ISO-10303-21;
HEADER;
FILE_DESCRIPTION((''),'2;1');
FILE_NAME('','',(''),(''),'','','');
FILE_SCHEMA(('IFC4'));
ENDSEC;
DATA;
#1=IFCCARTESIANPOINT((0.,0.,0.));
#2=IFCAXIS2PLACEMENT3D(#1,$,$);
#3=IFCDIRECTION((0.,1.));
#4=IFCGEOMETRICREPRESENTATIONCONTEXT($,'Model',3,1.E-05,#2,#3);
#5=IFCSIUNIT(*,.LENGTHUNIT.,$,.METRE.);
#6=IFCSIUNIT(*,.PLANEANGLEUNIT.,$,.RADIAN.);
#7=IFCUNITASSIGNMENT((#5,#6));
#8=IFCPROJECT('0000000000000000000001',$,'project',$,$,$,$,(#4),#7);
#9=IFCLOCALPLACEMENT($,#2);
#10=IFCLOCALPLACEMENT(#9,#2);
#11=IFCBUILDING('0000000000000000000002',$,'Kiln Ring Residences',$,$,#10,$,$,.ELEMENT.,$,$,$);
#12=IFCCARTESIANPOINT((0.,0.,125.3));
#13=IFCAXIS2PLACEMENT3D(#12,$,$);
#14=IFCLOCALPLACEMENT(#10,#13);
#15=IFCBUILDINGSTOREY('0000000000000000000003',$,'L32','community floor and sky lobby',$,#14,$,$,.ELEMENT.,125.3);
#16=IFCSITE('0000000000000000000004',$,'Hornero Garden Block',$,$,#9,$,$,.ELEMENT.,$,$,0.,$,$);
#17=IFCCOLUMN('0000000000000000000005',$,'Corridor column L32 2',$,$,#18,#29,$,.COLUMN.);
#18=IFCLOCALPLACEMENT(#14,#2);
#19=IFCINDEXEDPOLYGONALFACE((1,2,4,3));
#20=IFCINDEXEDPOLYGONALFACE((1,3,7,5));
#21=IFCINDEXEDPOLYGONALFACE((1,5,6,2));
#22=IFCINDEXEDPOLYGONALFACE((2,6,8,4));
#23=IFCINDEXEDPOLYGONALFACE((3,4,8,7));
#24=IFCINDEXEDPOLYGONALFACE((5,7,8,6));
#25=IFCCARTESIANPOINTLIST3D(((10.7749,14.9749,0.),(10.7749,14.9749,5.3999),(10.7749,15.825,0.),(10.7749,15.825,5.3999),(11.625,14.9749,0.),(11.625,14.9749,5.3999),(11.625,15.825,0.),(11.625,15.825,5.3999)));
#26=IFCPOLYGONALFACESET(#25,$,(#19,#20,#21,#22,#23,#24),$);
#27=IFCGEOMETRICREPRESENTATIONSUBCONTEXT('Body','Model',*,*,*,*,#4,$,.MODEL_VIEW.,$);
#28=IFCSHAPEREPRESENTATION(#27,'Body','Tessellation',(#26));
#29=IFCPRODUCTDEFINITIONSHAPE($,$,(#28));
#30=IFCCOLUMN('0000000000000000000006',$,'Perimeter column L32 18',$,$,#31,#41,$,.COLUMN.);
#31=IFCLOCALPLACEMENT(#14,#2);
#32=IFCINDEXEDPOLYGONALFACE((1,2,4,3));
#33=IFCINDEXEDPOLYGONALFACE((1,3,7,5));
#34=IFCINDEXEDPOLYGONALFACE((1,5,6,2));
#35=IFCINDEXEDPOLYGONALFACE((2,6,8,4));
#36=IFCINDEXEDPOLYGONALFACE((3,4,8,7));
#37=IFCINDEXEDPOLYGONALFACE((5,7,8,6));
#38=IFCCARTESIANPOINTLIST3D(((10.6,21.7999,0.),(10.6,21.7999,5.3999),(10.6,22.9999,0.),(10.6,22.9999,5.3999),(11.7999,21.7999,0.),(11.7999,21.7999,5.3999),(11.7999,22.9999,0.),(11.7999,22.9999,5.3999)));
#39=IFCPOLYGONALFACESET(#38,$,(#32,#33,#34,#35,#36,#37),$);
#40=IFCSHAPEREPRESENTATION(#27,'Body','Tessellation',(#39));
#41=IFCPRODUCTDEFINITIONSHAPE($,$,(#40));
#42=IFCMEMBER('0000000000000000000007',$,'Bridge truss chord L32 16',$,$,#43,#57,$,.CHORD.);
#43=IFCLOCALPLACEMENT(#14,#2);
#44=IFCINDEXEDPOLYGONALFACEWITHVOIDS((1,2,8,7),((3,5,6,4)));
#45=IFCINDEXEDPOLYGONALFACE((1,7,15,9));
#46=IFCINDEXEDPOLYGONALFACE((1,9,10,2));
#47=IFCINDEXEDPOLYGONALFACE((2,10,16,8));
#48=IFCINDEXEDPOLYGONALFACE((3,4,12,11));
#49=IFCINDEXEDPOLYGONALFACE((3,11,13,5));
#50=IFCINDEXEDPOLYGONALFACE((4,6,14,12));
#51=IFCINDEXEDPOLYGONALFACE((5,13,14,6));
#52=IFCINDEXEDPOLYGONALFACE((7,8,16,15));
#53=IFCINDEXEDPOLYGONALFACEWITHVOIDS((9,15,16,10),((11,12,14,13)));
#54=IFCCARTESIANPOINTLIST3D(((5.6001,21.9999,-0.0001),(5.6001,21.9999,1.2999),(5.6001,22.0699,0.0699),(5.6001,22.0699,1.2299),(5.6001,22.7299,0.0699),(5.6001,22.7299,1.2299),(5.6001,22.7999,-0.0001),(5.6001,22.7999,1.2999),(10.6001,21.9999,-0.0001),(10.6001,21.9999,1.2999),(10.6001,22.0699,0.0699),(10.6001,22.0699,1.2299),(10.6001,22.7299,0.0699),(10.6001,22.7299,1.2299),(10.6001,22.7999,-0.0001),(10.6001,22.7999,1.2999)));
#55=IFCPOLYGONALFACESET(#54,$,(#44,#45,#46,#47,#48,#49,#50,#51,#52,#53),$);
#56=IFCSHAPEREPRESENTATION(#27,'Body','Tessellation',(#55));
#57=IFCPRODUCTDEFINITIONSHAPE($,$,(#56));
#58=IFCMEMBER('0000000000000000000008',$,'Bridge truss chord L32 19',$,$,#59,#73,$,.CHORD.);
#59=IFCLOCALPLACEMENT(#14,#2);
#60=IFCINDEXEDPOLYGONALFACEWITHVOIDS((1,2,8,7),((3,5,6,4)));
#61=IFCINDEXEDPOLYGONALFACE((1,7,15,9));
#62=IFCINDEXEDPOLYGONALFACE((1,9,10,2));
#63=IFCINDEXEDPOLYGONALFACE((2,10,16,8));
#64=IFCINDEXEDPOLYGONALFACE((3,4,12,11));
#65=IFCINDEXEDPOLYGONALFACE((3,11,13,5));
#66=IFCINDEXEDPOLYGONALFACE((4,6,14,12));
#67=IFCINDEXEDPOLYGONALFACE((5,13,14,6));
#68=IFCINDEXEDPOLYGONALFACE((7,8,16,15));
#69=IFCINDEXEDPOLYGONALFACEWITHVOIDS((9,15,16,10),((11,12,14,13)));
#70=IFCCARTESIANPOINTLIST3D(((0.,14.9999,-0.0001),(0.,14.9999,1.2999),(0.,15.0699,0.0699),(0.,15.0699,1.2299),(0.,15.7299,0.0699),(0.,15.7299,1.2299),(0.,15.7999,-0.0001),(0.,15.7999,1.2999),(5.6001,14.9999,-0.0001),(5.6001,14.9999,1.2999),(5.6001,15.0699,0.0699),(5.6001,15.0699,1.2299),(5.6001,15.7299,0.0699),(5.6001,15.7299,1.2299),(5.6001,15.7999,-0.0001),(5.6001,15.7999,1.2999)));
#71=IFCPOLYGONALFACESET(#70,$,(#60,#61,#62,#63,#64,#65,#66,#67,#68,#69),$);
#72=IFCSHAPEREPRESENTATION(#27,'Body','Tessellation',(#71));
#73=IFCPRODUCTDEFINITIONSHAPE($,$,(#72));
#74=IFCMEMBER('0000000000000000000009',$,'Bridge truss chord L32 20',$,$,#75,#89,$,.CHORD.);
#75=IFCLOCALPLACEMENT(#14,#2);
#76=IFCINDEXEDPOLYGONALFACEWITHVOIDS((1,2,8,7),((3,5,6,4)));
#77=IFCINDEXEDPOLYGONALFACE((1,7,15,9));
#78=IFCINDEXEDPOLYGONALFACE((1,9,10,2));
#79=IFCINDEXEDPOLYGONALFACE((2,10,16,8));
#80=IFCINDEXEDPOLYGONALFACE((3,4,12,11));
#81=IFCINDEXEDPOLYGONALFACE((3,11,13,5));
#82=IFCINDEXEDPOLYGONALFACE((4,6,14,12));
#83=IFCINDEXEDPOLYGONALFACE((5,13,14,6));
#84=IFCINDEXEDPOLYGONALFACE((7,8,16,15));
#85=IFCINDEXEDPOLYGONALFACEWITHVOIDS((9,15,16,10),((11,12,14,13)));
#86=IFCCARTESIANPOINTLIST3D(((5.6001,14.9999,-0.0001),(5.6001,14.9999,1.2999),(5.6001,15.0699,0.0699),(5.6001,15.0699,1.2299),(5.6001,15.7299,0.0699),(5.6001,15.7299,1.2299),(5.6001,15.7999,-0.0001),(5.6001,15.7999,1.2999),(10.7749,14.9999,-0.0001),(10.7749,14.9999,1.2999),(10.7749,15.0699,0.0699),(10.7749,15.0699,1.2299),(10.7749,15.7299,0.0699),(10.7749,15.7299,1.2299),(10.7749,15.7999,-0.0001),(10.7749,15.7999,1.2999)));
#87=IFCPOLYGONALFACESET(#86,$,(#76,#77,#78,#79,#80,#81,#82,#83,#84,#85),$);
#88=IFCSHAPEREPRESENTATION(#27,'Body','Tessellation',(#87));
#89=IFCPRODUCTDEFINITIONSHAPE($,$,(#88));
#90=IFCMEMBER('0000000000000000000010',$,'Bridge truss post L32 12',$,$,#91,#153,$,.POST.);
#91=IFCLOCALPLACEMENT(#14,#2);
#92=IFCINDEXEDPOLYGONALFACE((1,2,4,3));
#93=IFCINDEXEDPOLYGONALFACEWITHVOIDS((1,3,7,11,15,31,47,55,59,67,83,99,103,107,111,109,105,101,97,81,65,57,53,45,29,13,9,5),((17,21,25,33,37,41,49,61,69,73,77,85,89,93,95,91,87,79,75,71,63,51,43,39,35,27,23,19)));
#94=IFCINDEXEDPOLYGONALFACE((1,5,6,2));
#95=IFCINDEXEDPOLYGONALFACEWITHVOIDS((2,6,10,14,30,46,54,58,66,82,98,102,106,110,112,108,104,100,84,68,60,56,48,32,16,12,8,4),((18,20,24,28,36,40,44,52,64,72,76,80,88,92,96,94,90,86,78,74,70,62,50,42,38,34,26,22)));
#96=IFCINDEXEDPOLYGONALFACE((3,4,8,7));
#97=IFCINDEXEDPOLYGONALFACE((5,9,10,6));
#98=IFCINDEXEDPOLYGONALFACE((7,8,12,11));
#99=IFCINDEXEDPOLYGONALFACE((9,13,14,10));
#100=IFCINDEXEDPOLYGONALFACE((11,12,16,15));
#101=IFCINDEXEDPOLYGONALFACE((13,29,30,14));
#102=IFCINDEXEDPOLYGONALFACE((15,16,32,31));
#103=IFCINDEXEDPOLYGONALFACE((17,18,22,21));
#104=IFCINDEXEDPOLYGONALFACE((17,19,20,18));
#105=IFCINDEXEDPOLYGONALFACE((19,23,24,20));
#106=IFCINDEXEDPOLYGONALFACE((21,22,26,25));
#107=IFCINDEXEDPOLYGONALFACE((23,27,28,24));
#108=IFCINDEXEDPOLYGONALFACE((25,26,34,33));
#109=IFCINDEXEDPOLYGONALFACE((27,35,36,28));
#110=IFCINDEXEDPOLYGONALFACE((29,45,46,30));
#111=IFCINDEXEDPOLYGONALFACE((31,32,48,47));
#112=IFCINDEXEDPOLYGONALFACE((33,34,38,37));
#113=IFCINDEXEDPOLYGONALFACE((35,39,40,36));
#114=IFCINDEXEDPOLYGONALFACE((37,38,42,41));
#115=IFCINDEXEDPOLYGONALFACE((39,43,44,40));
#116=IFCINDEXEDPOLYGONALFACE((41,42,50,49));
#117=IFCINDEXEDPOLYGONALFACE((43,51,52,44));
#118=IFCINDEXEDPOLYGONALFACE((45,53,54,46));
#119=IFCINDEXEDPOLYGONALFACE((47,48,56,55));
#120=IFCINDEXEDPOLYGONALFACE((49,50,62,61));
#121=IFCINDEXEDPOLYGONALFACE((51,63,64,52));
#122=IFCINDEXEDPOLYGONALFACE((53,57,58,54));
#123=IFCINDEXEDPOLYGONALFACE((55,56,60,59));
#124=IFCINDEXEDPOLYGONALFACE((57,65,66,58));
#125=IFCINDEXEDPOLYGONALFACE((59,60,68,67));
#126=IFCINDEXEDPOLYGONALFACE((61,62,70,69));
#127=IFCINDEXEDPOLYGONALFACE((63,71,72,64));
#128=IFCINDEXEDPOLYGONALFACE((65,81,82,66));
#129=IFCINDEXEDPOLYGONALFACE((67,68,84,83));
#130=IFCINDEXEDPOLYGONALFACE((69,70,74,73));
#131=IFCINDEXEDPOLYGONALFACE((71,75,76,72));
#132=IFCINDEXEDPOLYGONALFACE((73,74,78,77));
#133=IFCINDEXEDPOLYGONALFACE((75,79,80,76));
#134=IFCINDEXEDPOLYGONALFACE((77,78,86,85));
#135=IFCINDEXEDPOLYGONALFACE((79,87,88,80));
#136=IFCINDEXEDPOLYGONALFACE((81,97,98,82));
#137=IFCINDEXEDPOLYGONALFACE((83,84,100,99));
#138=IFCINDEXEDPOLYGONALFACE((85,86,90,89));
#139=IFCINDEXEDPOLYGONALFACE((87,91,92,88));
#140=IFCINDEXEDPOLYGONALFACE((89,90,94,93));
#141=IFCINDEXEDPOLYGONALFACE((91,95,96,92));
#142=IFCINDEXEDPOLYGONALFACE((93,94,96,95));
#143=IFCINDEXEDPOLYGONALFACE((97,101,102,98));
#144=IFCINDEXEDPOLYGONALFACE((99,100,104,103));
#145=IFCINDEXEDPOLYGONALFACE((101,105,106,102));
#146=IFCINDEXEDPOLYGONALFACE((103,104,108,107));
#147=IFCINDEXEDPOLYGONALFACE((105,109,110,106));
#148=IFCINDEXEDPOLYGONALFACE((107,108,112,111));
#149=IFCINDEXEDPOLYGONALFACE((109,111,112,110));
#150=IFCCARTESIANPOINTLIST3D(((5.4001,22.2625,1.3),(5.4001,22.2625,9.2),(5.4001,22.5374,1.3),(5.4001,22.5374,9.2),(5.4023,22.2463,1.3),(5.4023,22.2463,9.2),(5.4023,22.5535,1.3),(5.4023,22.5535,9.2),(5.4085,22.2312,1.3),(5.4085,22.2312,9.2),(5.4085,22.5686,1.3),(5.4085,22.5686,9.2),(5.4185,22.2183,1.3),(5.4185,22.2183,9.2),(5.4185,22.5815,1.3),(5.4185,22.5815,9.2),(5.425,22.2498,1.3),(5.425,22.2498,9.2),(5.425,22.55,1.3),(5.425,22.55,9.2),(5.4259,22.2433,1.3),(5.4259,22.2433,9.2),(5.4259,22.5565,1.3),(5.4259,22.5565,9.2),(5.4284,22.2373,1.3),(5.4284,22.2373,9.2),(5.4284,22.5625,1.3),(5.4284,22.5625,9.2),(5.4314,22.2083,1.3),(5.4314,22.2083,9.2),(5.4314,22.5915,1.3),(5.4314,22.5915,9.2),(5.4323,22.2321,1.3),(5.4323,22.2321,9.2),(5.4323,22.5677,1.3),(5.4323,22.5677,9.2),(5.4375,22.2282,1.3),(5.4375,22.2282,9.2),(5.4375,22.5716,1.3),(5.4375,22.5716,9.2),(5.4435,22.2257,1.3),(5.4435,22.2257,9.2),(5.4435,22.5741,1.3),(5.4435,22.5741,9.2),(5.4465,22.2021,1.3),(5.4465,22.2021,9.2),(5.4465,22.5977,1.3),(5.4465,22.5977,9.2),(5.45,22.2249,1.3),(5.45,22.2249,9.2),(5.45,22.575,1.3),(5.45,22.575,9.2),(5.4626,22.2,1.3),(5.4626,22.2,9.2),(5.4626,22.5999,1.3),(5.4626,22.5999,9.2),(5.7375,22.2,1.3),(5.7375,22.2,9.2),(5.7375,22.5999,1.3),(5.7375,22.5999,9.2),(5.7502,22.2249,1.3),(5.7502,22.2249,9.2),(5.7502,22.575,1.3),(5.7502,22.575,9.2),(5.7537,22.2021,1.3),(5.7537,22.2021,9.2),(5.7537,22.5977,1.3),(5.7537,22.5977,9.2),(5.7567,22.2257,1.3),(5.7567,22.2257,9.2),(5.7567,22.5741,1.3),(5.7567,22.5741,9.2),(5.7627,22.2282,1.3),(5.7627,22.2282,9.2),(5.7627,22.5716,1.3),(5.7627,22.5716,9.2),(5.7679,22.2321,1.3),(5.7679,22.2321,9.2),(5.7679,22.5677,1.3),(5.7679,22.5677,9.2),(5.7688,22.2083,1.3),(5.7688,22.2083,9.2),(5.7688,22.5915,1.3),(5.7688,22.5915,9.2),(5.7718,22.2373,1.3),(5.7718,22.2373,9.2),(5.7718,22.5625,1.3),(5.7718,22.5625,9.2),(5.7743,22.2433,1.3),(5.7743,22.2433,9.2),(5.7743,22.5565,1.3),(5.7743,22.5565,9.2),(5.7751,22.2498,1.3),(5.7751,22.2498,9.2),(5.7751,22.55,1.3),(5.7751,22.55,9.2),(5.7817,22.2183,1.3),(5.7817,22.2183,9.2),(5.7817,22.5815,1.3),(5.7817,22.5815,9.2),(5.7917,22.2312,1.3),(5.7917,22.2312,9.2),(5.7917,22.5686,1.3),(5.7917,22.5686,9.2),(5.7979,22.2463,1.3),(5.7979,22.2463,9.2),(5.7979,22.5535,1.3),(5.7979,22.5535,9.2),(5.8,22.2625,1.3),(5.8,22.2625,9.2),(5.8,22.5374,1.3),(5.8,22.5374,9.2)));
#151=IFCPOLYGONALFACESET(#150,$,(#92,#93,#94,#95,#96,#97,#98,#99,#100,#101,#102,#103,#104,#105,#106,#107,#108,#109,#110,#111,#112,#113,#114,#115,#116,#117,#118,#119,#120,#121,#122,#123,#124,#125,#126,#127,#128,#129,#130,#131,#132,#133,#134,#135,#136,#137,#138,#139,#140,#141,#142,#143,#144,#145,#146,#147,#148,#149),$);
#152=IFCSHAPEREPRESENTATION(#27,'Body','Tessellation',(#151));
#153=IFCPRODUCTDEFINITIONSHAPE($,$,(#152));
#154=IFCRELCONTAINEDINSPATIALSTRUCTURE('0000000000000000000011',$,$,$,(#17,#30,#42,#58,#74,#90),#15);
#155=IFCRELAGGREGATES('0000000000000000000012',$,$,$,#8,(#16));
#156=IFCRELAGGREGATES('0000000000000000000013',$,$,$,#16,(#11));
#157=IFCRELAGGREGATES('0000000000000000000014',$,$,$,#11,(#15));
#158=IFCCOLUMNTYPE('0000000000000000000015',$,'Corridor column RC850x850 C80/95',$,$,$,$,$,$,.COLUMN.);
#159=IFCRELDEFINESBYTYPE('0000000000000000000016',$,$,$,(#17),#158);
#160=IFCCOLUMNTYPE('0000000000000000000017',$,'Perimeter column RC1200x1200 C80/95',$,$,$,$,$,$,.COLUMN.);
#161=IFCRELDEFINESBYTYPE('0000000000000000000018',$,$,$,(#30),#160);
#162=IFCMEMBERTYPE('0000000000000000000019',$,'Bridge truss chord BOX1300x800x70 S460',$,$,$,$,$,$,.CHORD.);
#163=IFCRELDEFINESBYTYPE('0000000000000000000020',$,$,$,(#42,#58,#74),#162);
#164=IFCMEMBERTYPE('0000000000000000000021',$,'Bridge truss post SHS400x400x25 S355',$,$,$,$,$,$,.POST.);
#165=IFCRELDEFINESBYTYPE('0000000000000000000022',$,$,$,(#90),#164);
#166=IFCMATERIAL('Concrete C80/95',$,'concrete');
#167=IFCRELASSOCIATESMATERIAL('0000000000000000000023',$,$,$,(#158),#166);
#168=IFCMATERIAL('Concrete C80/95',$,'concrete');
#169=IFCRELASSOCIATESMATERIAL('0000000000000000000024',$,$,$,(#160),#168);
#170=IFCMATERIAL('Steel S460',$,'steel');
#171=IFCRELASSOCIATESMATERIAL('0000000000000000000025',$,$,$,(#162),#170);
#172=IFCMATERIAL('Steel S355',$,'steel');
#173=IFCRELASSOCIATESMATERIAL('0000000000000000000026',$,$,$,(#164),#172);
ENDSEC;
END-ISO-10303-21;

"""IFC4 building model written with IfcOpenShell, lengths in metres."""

from ifc_helpers import new_model, si_unit, direction, frame, origin, origin_2d, place, context, subcontext, project, spatial, rectangle, hollow_rectangle, extrude, material, material_profile, profile_set, type_object, element, save


model = new_model("IFC4")

# Units and contexts
model_context = context("Model", 3, precision=1e-05, world=origin(), true_north=direction((0.0, 1.0)))
body_context = subcontext(model_context, "Body", "Model", "MODEL_VIEW")
ifc_project = project(units=[si_unit("LENGTHUNIT", "METRE"), si_unit("PLANEANGLEUNIT", "RADIAN")], contexts=[model_context])

# Site, building, storey
site_placement = place(None, origin())
site = spatial("IfcSite", under=ifc_project, at=site_placement, Name="Hornero Garden Block", CompositionType="ELEMENT", RefElevation=0.0)
building_placement = place(site_placement, origin())
building = spatial("IfcBuilding", under=site, at=building_placement, Name="Kiln Ring Residences", CompositionType="ELEMENT")
storey_placement = place(building_placement, frame((0.0, 0.0, 125.3)))
storey = spatial("IfcBuildingStorey", under=building, at=storey_placement, Name="L32", Description="community floor and sky lobby", CompositionType="ELEMENT", Elevation=125.3)

# Columns
ifc_material_1 = material(Name="Concrete C80/95", Category="concrete")
ifc_material_profile_1 = material_profile(ifc_material_1, rectangle(XDim=0.8501, YDim=0.8501, at=origin_2d()), Name="RC850x850")
ifc_profile_set_1 = profile_set([ifc_material_profile_1], Name="Concrete C80/95")
column_type_1 = type_object("IfcColumnType", Name="Corridor column RC850x850 C80/95", PredefinedType="COLUMN", material=ifc_profile_set_1)
column_1_placement = place(storey_placement, frame((11.2, 15.3999, 0.0), z_axis=(0.0, 0.0, 1.0), x_axis=(1.0, 0.0, 0.0)))
element("IfcColumn", 1, at=column_1_placement, inside=storey, type_object=column_type_1, Name="Corridor column L32 2", PredefinedType="COLUMN", context=body_context, shape_type="SweptSolid", body=[
    extrude(rectangle(XDim=0.8501, YDim=0.8501, at=origin_2d()), origin(), (0.0, 0.0, 1.0), 5.3999),
])
ifc_material_2 = material(Name="Concrete C80/95", Category="concrete")
ifc_material_profile_2 = material_profile(ifc_material_2, rectangle(XDim=1.2, YDim=1.2, at=origin_2d()), Name="RC1200x1200")
ifc_profile_set_2 = profile_set([ifc_material_profile_2], Name="Concrete C80/95")
column_type_2 = type_object("IfcColumnType", Name="Perimeter column RC1200x1200 C80/95", PredefinedType="COLUMN", material=ifc_profile_set_2)
column_2_placement = place(storey_placement, frame((11.2, 22.3999, 0.0), z_axis=(0.0, 0.0, 1.0), x_axis=(1.0, 0.0, 0.0)))
element("IfcColumn", 2, at=column_2_placement, inside=storey, type_object=column_type_2, Name="Perimeter column L32 18", PredefinedType="COLUMN", context=body_context, shape_type="SweptSolid", body=[
    extrude(rectangle(XDim=1.2, YDim=1.2, at=origin_2d()), origin(), (0.0, 0.0, 1.0), 5.3999),
])

# Members
ifc_material_3 = material(Name="Steel S460", Category="steel")
ifc_material_profile_3 = material_profile(ifc_material_3, hollow_rectangle(XDim=0.8, YDim=1.3, WallThickness=0.0701, at=origin_2d()), Name="BOX1300x800x70")
ifc_profile_set_3 = profile_set([ifc_material_profile_3], Name="Steel S460")
member_type_1 = type_object("IfcMemberType", Name="Bridge truss chord BOX1300x800x70 S460", PredefinedType="CHORD", material=ifc_profile_set_3)
member_1_placement = place(storey_placement, frame((5.6001, 22.3999, 0.6499), z_axis=(1.0, 0.0, 0.0), x_axis=(0.0, 1.0, 0.0)))
element("IfcMember", 3, at=member_1_placement, inside=storey, type_object=member_type_1, Name="Bridge truss chord L32 16", PredefinedType="CHORD", context=body_context, shape_type="SweptSolid", body=[
    extrude(hollow_rectangle(XDim=0.8, YDim=1.3, WallThickness=0.0701, at=origin_2d()), origin(), (0.0, 0.0, 1.0), 5.0),
])
member_2_placement = place(storey_placement, frame((0.0, 15.3999, 0.6499), z_axis=(1.0, 0.0, 0.0), x_axis=(0.0, 1.0, 0.0)))
element("IfcMember", 4, at=member_2_placement, inside=storey, type_object=member_type_1, Name="Bridge truss chord L32 19", PredefinedType="CHORD", context=body_context, shape_type="SweptSolid", body=[
    extrude(hollow_rectangle(XDim=0.8, YDim=1.3, WallThickness=0.0701, at=origin_2d()), origin(), (0.0, 0.0, 1.0), 5.6001),
])
member_3_placement = place(storey_placement, frame((5.6001, 15.3999, 0.6499), z_axis=(1.0, 0.0, 0.0), x_axis=(0.0, 1.0, 0.0)))
element("IfcMember", 5, at=member_3_placement, inside=storey, type_object=member_type_1, Name="Bridge truss chord L32 20", PredefinedType="CHORD", context=body_context, shape_type="SweptSolid", body=[
    extrude(hollow_rectangle(XDim=0.8, YDim=1.3, WallThickness=0.0701, at=origin_2d()), origin(), (0.0, 0.0, 1.0), 5.1748),
])
ifc_material_4 = material(Name="Steel S355", Category="steel")
ifc_material_profile_4 = material_profile(ifc_material_4, hollow_rectangle(XDim=0.3999, YDim=0.3999, WallThickness=0.0249, InnerFilletRadius=0.0249, OuterFilletRadius=0.0625, at=origin_2d()), Name="SHS400x400x25")
ifc_profile_set_4 = profile_set([ifc_material_profile_4], Name="Steel S355")
member_type_2 = type_object("IfcMemberType", Name="Bridge truss post SHS400x400x25 S355", PredefinedType="POST", material=ifc_profile_set_4)
for number, where, z_axis, x_axis, name in (
    (6, (5.6001, 22.3999, 1.3), (0.0, 0.0, 1.0), (1.0, 0.0, 0.0), "Bridge truss post L32 12"),
):
    element("IfcMember", number, at=place(storey_placement, frame(where, z_axis=z_axis, x_axis=x_axis)), inside=storey, type_object=member_type_2, Name=name, PredefinedType="POST", context=body_context, shape_type="SweptSolid", body=[
        extrude(hollow_rectangle(XDim=0.3999, YDim=0.3999, WallThickness=0.0249, InnerFilletRadius=0.0249, OuterFilletRadius=0.0625, at=origin_2d()), origin(), (0.0, 0.0, 1.0), 7.8999),
    ])

save(model, "model.ifc")
